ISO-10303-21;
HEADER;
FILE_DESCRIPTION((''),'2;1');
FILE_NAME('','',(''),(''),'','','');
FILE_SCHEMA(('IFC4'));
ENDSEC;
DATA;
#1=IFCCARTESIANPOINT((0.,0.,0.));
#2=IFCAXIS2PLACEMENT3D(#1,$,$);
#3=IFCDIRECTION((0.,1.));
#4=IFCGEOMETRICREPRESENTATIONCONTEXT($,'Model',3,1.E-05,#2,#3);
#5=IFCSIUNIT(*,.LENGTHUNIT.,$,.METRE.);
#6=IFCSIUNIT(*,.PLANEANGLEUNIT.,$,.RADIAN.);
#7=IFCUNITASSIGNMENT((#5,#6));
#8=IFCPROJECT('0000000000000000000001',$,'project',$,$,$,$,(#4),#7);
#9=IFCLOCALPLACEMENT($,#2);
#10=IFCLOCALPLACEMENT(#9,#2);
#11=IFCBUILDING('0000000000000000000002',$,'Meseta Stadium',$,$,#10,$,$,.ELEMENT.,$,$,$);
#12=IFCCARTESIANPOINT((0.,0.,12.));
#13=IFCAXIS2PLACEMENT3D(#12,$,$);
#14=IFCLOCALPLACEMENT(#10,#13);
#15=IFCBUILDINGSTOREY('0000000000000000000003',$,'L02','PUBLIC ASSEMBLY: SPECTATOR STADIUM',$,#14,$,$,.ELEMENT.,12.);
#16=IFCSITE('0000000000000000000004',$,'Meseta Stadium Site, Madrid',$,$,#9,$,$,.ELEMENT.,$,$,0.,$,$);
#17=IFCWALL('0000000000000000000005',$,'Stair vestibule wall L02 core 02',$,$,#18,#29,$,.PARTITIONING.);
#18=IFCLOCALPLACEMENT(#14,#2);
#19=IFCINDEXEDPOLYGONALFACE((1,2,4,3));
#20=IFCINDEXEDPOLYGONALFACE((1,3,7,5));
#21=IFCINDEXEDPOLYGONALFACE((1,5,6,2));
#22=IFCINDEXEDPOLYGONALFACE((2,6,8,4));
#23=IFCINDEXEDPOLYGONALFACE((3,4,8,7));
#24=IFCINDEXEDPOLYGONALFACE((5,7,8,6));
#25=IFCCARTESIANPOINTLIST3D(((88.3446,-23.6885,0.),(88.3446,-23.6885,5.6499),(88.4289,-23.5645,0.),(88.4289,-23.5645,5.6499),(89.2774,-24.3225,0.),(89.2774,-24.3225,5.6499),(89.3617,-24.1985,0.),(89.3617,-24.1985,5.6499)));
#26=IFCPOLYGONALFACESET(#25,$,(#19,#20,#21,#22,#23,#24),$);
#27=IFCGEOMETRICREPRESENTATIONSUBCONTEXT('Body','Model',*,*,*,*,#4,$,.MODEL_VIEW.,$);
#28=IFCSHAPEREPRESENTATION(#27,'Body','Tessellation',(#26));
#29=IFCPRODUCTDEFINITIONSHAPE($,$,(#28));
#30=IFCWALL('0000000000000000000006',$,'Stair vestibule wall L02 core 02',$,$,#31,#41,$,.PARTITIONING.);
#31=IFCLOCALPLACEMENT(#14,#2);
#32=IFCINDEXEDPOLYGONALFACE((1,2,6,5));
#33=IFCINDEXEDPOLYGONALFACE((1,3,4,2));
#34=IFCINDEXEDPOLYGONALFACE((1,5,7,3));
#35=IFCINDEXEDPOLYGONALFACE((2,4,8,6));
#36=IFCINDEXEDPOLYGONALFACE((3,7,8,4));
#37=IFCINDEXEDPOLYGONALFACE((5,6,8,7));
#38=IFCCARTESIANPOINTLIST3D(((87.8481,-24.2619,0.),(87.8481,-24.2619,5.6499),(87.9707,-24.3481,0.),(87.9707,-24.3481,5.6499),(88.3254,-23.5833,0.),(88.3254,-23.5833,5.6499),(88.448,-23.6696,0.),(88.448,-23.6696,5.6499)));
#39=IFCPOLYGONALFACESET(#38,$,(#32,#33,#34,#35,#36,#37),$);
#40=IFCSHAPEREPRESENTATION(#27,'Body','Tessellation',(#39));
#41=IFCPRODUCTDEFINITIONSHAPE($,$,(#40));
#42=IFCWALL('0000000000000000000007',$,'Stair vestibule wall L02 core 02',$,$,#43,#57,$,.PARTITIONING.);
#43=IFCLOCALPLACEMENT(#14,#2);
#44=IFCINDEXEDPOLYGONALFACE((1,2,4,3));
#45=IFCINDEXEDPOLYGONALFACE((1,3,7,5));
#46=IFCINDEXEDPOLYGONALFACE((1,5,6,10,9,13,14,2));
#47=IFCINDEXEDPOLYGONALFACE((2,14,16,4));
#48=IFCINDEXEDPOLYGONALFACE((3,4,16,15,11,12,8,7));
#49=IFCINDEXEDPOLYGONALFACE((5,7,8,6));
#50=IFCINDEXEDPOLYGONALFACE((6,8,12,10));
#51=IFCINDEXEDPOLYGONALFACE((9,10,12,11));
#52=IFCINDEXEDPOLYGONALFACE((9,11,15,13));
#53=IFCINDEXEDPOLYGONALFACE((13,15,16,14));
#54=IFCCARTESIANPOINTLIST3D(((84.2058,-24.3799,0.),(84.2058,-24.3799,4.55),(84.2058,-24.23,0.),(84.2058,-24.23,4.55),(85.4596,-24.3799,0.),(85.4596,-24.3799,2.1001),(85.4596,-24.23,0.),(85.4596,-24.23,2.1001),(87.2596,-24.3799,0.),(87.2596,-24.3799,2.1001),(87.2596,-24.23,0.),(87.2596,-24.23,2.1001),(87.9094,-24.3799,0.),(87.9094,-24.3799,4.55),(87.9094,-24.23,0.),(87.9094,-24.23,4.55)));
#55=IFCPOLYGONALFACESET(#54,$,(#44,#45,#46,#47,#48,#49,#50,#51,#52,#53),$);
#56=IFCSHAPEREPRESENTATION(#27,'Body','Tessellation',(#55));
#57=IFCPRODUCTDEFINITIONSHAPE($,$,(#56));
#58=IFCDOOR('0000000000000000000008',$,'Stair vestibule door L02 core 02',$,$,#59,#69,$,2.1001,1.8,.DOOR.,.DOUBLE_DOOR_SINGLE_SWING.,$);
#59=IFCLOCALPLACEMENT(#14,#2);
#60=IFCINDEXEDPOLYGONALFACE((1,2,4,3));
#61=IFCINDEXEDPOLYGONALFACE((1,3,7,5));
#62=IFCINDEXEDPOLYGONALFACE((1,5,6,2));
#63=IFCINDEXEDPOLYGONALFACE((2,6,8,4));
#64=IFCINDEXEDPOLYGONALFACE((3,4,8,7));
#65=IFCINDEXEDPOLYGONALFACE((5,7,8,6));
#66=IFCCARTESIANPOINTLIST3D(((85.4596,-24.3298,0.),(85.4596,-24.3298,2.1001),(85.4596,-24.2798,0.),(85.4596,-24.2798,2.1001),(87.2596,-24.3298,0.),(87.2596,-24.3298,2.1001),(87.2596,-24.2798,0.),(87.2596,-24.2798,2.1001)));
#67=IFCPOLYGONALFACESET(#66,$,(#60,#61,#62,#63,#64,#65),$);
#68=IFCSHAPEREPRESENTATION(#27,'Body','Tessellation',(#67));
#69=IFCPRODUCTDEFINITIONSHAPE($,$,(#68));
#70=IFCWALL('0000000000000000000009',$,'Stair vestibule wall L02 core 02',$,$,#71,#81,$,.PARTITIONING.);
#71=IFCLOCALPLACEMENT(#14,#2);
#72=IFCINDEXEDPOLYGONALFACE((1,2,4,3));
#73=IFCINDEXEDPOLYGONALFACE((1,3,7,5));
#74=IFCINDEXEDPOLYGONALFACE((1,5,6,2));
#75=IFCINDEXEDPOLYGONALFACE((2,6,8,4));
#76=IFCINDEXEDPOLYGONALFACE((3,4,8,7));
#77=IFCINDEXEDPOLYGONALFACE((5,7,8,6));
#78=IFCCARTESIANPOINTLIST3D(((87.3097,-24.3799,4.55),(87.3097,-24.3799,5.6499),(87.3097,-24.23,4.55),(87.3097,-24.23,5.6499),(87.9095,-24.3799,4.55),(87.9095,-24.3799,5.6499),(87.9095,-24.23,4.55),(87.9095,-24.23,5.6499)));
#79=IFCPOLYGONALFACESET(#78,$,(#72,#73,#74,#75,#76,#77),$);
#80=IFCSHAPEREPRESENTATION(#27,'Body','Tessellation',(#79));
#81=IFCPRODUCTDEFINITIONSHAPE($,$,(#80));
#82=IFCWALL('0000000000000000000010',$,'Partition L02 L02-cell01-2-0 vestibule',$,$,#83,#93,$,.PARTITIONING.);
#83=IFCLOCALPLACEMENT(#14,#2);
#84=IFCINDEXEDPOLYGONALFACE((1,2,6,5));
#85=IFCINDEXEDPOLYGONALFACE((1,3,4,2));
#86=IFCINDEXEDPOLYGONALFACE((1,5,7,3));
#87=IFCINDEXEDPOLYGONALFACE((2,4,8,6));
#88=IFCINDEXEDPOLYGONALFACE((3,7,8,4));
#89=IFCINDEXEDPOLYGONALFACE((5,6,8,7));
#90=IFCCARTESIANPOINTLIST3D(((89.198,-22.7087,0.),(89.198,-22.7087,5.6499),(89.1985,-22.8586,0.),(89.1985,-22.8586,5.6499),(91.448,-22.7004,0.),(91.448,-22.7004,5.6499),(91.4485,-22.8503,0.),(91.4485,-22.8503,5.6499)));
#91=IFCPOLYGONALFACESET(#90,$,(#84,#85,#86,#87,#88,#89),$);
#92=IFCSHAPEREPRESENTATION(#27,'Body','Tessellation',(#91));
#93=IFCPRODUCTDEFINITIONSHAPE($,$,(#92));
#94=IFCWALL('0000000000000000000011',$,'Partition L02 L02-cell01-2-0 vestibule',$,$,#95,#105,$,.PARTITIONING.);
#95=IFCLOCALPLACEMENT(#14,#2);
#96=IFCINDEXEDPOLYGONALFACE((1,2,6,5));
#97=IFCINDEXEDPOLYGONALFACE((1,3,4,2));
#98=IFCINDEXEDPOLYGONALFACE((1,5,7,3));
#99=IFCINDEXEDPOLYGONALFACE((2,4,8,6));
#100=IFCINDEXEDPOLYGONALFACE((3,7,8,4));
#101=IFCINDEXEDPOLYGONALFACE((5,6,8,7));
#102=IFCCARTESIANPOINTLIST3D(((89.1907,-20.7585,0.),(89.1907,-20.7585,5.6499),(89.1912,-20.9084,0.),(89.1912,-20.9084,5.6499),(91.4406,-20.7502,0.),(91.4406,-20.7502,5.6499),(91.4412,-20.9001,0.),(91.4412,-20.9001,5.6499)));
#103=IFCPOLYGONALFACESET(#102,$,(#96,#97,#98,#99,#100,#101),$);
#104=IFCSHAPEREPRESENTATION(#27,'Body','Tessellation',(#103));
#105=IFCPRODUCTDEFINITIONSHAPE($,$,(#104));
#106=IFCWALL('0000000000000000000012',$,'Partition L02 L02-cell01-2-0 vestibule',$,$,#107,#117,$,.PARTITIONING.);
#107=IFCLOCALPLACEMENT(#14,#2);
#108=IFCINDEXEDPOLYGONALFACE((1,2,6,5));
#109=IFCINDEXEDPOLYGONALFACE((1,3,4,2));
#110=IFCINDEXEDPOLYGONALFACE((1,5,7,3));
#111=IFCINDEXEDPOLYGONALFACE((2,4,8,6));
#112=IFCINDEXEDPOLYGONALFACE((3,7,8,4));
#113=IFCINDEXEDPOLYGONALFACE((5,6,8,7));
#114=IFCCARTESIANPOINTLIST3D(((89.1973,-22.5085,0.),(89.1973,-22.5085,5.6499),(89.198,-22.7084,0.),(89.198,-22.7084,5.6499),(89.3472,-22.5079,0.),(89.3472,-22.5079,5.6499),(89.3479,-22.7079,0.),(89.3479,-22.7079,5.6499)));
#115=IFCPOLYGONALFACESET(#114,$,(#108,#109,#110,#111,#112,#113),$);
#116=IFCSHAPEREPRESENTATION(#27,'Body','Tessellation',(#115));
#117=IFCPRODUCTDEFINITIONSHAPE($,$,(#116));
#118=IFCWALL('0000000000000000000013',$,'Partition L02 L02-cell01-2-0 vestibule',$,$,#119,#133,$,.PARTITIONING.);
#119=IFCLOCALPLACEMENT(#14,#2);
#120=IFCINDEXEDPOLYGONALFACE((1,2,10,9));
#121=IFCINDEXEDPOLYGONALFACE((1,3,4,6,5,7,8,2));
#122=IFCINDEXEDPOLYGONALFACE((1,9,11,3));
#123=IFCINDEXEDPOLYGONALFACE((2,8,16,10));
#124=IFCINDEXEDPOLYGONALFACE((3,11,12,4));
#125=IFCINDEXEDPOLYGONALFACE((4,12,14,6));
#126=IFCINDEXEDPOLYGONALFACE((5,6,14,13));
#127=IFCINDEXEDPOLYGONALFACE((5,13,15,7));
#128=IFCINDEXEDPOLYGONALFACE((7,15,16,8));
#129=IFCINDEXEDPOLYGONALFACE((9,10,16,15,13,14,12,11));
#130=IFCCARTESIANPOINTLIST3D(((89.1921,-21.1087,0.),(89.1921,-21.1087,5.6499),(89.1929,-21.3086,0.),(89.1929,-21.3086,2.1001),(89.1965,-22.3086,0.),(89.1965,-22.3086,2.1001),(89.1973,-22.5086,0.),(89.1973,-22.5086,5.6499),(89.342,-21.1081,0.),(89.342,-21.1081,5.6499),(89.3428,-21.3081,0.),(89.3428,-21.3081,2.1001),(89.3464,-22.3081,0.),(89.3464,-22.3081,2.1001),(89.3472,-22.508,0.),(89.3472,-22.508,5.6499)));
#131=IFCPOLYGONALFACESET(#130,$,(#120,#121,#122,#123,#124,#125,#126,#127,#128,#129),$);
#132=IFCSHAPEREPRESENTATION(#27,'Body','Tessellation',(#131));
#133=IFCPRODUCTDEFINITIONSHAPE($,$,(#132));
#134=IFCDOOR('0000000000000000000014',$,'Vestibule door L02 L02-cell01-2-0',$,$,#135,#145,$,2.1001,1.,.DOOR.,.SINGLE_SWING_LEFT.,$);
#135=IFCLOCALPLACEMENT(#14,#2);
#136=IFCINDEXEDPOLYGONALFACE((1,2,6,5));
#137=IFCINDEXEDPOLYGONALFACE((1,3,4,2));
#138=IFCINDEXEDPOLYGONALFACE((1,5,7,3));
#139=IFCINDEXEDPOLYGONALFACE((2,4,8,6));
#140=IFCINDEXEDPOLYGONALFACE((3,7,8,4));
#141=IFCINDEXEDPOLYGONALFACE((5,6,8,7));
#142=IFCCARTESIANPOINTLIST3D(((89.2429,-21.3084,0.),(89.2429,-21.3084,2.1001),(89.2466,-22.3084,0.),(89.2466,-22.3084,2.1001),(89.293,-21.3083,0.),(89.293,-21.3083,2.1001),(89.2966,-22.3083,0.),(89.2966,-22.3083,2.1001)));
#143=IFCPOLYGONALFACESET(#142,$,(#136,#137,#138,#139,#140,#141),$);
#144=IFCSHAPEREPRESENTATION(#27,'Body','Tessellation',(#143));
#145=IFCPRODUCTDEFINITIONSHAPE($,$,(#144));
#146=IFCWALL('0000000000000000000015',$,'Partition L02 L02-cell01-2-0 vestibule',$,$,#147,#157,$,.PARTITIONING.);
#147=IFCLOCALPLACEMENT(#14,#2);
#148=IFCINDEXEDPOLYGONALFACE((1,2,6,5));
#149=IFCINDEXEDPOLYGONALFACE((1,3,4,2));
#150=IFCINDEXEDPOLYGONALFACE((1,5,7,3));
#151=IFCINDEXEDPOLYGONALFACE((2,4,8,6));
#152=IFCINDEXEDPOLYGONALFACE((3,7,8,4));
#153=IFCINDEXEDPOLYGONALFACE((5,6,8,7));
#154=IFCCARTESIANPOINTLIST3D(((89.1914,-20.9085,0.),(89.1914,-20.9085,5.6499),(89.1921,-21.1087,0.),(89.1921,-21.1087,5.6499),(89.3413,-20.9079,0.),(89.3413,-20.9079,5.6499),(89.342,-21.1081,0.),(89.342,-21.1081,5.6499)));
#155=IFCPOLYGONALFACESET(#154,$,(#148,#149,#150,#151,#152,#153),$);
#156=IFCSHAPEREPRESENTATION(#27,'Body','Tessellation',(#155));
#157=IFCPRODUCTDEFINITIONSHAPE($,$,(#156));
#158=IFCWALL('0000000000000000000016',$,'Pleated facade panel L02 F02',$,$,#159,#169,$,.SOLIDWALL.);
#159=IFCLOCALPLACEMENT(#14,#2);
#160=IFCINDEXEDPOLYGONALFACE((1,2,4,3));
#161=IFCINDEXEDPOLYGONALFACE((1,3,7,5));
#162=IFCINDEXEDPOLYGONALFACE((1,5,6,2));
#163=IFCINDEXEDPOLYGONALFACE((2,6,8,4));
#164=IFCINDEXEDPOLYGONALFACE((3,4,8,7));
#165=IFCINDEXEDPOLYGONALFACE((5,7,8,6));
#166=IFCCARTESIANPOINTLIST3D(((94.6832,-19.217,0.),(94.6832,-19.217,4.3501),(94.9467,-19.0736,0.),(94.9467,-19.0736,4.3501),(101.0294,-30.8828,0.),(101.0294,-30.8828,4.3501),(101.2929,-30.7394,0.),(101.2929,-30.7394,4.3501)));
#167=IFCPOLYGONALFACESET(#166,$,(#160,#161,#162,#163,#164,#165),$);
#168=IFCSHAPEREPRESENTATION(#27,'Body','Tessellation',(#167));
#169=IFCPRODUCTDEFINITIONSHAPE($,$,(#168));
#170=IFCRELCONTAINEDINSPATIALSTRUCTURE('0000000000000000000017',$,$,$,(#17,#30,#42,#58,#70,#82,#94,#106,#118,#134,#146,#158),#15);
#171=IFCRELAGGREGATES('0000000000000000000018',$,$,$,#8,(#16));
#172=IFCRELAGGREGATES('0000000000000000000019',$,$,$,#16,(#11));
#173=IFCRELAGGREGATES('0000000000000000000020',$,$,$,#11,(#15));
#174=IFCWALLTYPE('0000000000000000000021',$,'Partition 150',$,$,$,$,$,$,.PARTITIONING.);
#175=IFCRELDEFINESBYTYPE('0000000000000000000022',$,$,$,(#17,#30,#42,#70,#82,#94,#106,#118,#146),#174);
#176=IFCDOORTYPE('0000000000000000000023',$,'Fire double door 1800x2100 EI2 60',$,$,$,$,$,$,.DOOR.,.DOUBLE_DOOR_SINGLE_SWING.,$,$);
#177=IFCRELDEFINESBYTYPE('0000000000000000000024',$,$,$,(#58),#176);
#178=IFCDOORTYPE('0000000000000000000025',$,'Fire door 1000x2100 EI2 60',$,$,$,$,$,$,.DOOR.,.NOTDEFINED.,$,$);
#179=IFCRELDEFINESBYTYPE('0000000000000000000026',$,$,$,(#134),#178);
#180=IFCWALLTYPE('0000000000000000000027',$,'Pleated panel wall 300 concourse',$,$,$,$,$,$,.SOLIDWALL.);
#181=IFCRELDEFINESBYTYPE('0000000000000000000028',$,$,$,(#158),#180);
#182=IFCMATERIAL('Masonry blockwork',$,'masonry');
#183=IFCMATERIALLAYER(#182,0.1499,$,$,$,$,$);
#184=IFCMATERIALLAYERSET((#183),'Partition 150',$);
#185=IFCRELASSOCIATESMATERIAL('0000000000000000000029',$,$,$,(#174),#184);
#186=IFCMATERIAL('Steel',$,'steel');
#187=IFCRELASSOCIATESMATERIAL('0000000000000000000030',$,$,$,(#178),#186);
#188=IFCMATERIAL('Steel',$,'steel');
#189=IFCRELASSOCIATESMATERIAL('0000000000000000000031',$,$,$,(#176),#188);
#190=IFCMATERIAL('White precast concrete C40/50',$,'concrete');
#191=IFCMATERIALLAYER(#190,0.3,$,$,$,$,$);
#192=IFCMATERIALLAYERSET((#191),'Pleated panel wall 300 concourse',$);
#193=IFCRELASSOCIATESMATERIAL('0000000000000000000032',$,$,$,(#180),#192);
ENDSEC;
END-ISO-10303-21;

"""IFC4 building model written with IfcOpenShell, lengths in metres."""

from ifc_helpers import new_model, si_unit, direction, frame, frame_2d, origin, place, context, subcontext, project, spatial, rectangle, extrude, material, layer, layer_set, type_object, element, fill, save


model = new_model("IFC4")

# Units and contexts
model_context = context("Model", 3, precision=1e-05, world=origin(), true_north=direction((0.0, 1.0)))
body_context = subcontext(model_context, "Body", "Model", "MODEL_VIEW")
ifc_project = project(units=[si_unit("LENGTHUNIT", "METRE"), si_unit("PLANEANGLEUNIT", "RADIAN")], contexts=[model_context])

# Site, building, storey
site_placement = place(None, origin())
site = spatial("IfcSite", under=ifc_project, at=site_placement, Name="Meseta Stadium Site, Madrid", CompositionType="ELEMENT", RefElevation=0.0)
building_placement = place(site_placement, origin())
building = spatial("IfcBuilding", under=site, at=building_placement, Name="Meseta Stadium", CompositionType="ELEMENT")
storey_placement = place(building_placement, frame((0.0, 0.0, 12.0)))
storey = spatial("IfcBuildingStorey", under=building, at=storey_placement, Name="L02", Description="PUBLIC ASSEMBLY: SPECTATOR STADIUM", CompositionType="ELEMENT", Elevation=12.0)

# Shared definitions
ifc_material_1 = material(Name="Masonry blockwork", Category="masonry")
ifc_layer_1 = layer(ifc_material_1, 0.1499)
ifc_layer_set_1 = layer_set([ifc_layer_1], Name="Partition 150")
wall_type_1 = type_object("IfcWallType", Name="Partition 150", PredefinedType="PARTITIONING", material=ifc_layer_set_1)
ifc_material_2 = material(Name="Steel", Category="steel")
door_type_1 = type_object("IfcDoorType", Name="Fire door 1000x2100 EI2 60", OperationType="NOTDEFINED", PredefinedType="DOOR", material=ifc_material_2)

# Walls
wall_1_placement = place(storey_placement, frame((89.3196, -24.2605, 0.0), z_axis=(0.0, 0.0, 1.0), x_axis=(-0.827055, 0.562121, 0.0)))
element("IfcWall", 1, at=wall_1_placement, inside=storey, type_object=wall_type_1, Name="Stair vestibule wall L02 core 02", PredefinedType="PARTITIONING", context=body_context, shape_type="SweptSolid", body=[
    extrude(rectangle(XDim=1.1279, YDim=0.1499, at=frame_2d((0.564, 0.0))), origin(), (0.0, 0.0, 1.0), 5.6499),
])
wall_2_placement = place(storey_placement, frame((88.3867, -23.6265, 0.0), z_axis=(0.0, 0.0, 1.0), x_axis=(-0.575377, -0.817888, 0.0)))
element("IfcWall", 2, at=wall_2_placement, inside=storey, type_object=wall_type_1, Name="Stair vestibule wall L02 core 02", PredefinedType="PARTITIONING", context=body_context, shape_type="SweptSolid", body=[
    extrude(rectangle(XDim=0.8296, YDim=0.1499, at=frame_2d((0.4148, 0.0))), origin(), (0.0, 0.0, 1.0), 5.6499),
])

# Wall, opening, door
wall_3_placement = place(storey_placement, frame((87.9094, -24.3049, 0.0), z_axis=(0.0, 0.0, 1.0), x_axis=(-1.0, 0.0, 0.0)))
wall_3 = element("IfcWall", 3, at=wall_3_placement, inside=storey, type_object=wall_type_1, Name="Stair vestibule wall L02 core 02", PredefinedType="PARTITIONING", context=body_context, shape_type="SweptSolid", body=[
    extrude(rectangle(XDim=3.7036, YDim=0.1499, at=frame_2d((1.8518, 0.0))), origin(), (0.0, 0.0, 1.0), 4.55),
])
opening_1_placement = place(wall_3_placement, frame((0.6499, 0.0, 0.0)))
opening_1 = element("IfcOpeningElement", 4, at=opening_1_placement, cuts=wall_3, PredefinedType="OPENING", context=body_context, shape_type="SweptSolid", body=[
    extrude(rectangle(XDim=1.8, YDim=2.1001, at=frame_2d((0.8999, 1.05))), frame((0.0, 0.085, 0.0), z_axis=(0.0, -1.0, 0.0), x_axis=(1.0, 0.0, 0.0)), (0.0, 0.0, 1.0), 0.1699),
])
ifc_material_3 = material(Name="Steel", Category="steel")
door_type_2 = type_object("IfcDoorType", Name="Fire double door 1800x2100 EI2 60", OperationType="DOUBLE_DOOR_SINGLE_SWING", PredefinedType="DOOR", material=ifc_material_3)
door_1_placement = place(opening_1_placement, origin())
door_1 = element("IfcDoor", 5, at=door_1_placement, inside=storey, type_object=door_type_2, Name="Stair vestibule door L02 core 02", OperationType="DOUBLE_DOOR_SINGLE_SWING", OverallHeight=2.1001, OverallWidth=1.8, PredefinedType="DOOR", context=body_context, shape_type="SweptSolid", body=[
    extrude(rectangle(XDim=1.8, YDim=2.1001, at=frame_2d((0.8999, 1.05))), frame((0.0, 0.0249, 0.0), z_axis=(0.0, -1.0, 0.0), x_axis=(1.0, 0.0, 0.0)), (0.0, 0.0, 1.0), 0.05),
])
fill(opening_1, door_1)

# Walls
wall_4_placement = place(storey_placement, frame((87.9094, -24.3049, 4.55), z_axis=(0.0, 0.0, 1.0), x_axis=(-1.0, 0.0, 0.0)))
element("IfcWall", 6, at=wall_4_placement, inside=storey, type_object=wall_type_1, Name="Stair vestibule wall L02 core 02", PredefinedType="PARTITIONING", context=body_context, shape_type="SweptSolid", body=[
    extrude(rectangle(XDim=0.5999, YDim=0.1499, at=frame_2d((0.2998, 0.0))), origin(), (0.0, 0.0, 1.0), 1.0999),
])
for number, where, z_axis, x_axis, name in (
    (7, (91.4482, -22.7754, 0.0), (0.0, 0.0, 1.0), (-0.999993, -0.003689, 0.0), "Partition L02 L02-cell01-2-0 vestibule"),
    (8, (91.4409, -20.8252, 0.0), (0.0, 0.0, 1.0), (-0.999993, -0.003689, 0.0), "Partition L02 L02-cell01-2-0 vestibule"),
):
    element("IfcWall", number, at=place(storey_placement, frame(where, z_axis=z_axis, x_axis=x_axis)), inside=storey, type_object=wall_type_1, Name=name, PredefinedType="PARTITIONING", context=body_context, shape_type="SweptSolid", body=[
        extrude(rectangle(XDim=2.25, YDim=0.1499, at=frame_2d((1.125, 0.0))), origin(), (0.0, 0.0, 1.0), 5.6499),
    ])
wall_5_placement = place(storey_placement, frame((89.2729, -22.7083, 0.0), z_axis=(0.0, 0.0, 1.0), x_axis=(-0.003663, 0.999993, 0.0)))
element("IfcWall", 9, at=wall_5_placement, inside=storey, type_object=wall_type_1, Name="Partition L02 L02-cell01-2-0 vestibule", PredefinedType="PARTITIONING", context=body_context, shape_type="SweptSolid", body=[
    extrude(rectangle(XDim=0.2, YDim=0.1499, at=frame_2d((0.1001, 0.0))), origin(), (0.0, 0.0, 1.0), 5.6499),
])

# Wall, opening, door
wall_6_placement = place(storey_placement, frame((89.2722, -22.5083, 0.0), z_axis=(0.0, 0.0, 1.0), x_axis=(-0.003662, 0.999993, 0.0)))
wall_6 = element("IfcWall", 10, at=wall_6_placement, inside=storey, type_object=wall_type_1, Name="Partition L02 L02-cell01-2-0 vestibule", PredefinedType="PARTITIONING", context=body_context, shape_type="SweptSolid", body=[
    extrude(rectangle(XDim=1.3999, YDim=0.1499, at=frame_2d((0.7, 0.0))), origin(), (0.0, 0.0, 1.0), 5.6499),
])
opening_2_placement = place(wall_6_placement, frame((0.2, 0.0, 0.0)))
opening_2 = element("IfcOpeningElement", 11, at=opening_2_placement, cuts=wall_6, PredefinedType="OPENING", context=body_context, shape_type="SweptSolid", body=[
    extrude(rectangle(XDim=1.0, YDim=2.1001, at=frame_2d((0.5, 1.05))), frame((0.0, 0.085, 0.0), z_axis=(0.0, -1.0, 0.0), x_axis=(1.0, 0.0, 0.0)), (0.0, 0.0, 1.0), 0.1699),
])
door_2_placement = place(opening_2_placement, origin())
door_2 = element("IfcDoor", 12, at=door_2_placement, inside=storey, type_object=door_type_1, Name="Vestibule door L02 L02-cell01-2-0", OperationType="SINGLE_SWING_LEFT", OverallHeight=2.1001, OverallWidth=1.0, PredefinedType="DOOR", context=body_context, shape_type="SweptSolid", body=[
    extrude(rectangle(XDim=1.0, YDim=2.1001, at=frame_2d((0.5, 1.05))), frame((0.0, 0.0249, 0.0), z_axis=(0.0, -1.0, 0.0), x_axis=(1.0, 0.0, 0.0)), (0.0, 0.0, 1.0), 0.05),
])
fill(opening_2, door_2)

# Walls
wall_7_placement = place(storey_placement, frame((89.2671, -21.1084, 0.0), z_axis=(0.0, 0.0, 1.0), x_axis=(-0.003659, 0.999993, 0.0)))
element("IfcWall", 13, at=wall_7_placement, inside=storey, type_object=wall_type_1, Name="Partition L02 L02-cell01-2-0 vestibule", PredefinedType="PARTITIONING", context=body_context, shape_type="SweptSolid", body=[
    extrude(rectangle(XDim=0.2002, YDim=0.1499, at=frame_2d((0.1001, 0.0))), origin(), (0.0, 0.0, 1.0), 5.6499),
])
ifc_material_4 = material(Name="White precast concrete C40/50", Category="concrete")
ifc_layer_2 = layer(ifc_material_4, 0.3)
ifc_layer_set_2 = layer_set([ifc_layer_2], Name="Pleated panel wall 300 concourse")
wall_type_2 = type_object("IfcWallType", Name="Pleated panel wall 300 concourse", PredefinedType="SOLIDWALL", material=ifc_layer_set_2)
wall_8_placement = place(storey_placement, frame((94.8149, -19.1453, 0.0), z_axis=(0.0, 0.0, 1.0), x_axis=(0.477868, -0.878432, 0.0)))
element("IfcWall", 14, at=wall_8_placement, inside=storey, type_object=wall_type_2, Name="Pleated facade panel L02 F02", PredefinedType="SOLIDWALL", context=body_context, shape_type="SweptSolid", body=[
    extrude(rectangle(XDim=13.2803, YDim=0.3, at=frame_2d((6.6401, 0.0))), origin(), (0.0, 0.0, 1.0), 4.3501),
])

save(model, "model.ifc")
